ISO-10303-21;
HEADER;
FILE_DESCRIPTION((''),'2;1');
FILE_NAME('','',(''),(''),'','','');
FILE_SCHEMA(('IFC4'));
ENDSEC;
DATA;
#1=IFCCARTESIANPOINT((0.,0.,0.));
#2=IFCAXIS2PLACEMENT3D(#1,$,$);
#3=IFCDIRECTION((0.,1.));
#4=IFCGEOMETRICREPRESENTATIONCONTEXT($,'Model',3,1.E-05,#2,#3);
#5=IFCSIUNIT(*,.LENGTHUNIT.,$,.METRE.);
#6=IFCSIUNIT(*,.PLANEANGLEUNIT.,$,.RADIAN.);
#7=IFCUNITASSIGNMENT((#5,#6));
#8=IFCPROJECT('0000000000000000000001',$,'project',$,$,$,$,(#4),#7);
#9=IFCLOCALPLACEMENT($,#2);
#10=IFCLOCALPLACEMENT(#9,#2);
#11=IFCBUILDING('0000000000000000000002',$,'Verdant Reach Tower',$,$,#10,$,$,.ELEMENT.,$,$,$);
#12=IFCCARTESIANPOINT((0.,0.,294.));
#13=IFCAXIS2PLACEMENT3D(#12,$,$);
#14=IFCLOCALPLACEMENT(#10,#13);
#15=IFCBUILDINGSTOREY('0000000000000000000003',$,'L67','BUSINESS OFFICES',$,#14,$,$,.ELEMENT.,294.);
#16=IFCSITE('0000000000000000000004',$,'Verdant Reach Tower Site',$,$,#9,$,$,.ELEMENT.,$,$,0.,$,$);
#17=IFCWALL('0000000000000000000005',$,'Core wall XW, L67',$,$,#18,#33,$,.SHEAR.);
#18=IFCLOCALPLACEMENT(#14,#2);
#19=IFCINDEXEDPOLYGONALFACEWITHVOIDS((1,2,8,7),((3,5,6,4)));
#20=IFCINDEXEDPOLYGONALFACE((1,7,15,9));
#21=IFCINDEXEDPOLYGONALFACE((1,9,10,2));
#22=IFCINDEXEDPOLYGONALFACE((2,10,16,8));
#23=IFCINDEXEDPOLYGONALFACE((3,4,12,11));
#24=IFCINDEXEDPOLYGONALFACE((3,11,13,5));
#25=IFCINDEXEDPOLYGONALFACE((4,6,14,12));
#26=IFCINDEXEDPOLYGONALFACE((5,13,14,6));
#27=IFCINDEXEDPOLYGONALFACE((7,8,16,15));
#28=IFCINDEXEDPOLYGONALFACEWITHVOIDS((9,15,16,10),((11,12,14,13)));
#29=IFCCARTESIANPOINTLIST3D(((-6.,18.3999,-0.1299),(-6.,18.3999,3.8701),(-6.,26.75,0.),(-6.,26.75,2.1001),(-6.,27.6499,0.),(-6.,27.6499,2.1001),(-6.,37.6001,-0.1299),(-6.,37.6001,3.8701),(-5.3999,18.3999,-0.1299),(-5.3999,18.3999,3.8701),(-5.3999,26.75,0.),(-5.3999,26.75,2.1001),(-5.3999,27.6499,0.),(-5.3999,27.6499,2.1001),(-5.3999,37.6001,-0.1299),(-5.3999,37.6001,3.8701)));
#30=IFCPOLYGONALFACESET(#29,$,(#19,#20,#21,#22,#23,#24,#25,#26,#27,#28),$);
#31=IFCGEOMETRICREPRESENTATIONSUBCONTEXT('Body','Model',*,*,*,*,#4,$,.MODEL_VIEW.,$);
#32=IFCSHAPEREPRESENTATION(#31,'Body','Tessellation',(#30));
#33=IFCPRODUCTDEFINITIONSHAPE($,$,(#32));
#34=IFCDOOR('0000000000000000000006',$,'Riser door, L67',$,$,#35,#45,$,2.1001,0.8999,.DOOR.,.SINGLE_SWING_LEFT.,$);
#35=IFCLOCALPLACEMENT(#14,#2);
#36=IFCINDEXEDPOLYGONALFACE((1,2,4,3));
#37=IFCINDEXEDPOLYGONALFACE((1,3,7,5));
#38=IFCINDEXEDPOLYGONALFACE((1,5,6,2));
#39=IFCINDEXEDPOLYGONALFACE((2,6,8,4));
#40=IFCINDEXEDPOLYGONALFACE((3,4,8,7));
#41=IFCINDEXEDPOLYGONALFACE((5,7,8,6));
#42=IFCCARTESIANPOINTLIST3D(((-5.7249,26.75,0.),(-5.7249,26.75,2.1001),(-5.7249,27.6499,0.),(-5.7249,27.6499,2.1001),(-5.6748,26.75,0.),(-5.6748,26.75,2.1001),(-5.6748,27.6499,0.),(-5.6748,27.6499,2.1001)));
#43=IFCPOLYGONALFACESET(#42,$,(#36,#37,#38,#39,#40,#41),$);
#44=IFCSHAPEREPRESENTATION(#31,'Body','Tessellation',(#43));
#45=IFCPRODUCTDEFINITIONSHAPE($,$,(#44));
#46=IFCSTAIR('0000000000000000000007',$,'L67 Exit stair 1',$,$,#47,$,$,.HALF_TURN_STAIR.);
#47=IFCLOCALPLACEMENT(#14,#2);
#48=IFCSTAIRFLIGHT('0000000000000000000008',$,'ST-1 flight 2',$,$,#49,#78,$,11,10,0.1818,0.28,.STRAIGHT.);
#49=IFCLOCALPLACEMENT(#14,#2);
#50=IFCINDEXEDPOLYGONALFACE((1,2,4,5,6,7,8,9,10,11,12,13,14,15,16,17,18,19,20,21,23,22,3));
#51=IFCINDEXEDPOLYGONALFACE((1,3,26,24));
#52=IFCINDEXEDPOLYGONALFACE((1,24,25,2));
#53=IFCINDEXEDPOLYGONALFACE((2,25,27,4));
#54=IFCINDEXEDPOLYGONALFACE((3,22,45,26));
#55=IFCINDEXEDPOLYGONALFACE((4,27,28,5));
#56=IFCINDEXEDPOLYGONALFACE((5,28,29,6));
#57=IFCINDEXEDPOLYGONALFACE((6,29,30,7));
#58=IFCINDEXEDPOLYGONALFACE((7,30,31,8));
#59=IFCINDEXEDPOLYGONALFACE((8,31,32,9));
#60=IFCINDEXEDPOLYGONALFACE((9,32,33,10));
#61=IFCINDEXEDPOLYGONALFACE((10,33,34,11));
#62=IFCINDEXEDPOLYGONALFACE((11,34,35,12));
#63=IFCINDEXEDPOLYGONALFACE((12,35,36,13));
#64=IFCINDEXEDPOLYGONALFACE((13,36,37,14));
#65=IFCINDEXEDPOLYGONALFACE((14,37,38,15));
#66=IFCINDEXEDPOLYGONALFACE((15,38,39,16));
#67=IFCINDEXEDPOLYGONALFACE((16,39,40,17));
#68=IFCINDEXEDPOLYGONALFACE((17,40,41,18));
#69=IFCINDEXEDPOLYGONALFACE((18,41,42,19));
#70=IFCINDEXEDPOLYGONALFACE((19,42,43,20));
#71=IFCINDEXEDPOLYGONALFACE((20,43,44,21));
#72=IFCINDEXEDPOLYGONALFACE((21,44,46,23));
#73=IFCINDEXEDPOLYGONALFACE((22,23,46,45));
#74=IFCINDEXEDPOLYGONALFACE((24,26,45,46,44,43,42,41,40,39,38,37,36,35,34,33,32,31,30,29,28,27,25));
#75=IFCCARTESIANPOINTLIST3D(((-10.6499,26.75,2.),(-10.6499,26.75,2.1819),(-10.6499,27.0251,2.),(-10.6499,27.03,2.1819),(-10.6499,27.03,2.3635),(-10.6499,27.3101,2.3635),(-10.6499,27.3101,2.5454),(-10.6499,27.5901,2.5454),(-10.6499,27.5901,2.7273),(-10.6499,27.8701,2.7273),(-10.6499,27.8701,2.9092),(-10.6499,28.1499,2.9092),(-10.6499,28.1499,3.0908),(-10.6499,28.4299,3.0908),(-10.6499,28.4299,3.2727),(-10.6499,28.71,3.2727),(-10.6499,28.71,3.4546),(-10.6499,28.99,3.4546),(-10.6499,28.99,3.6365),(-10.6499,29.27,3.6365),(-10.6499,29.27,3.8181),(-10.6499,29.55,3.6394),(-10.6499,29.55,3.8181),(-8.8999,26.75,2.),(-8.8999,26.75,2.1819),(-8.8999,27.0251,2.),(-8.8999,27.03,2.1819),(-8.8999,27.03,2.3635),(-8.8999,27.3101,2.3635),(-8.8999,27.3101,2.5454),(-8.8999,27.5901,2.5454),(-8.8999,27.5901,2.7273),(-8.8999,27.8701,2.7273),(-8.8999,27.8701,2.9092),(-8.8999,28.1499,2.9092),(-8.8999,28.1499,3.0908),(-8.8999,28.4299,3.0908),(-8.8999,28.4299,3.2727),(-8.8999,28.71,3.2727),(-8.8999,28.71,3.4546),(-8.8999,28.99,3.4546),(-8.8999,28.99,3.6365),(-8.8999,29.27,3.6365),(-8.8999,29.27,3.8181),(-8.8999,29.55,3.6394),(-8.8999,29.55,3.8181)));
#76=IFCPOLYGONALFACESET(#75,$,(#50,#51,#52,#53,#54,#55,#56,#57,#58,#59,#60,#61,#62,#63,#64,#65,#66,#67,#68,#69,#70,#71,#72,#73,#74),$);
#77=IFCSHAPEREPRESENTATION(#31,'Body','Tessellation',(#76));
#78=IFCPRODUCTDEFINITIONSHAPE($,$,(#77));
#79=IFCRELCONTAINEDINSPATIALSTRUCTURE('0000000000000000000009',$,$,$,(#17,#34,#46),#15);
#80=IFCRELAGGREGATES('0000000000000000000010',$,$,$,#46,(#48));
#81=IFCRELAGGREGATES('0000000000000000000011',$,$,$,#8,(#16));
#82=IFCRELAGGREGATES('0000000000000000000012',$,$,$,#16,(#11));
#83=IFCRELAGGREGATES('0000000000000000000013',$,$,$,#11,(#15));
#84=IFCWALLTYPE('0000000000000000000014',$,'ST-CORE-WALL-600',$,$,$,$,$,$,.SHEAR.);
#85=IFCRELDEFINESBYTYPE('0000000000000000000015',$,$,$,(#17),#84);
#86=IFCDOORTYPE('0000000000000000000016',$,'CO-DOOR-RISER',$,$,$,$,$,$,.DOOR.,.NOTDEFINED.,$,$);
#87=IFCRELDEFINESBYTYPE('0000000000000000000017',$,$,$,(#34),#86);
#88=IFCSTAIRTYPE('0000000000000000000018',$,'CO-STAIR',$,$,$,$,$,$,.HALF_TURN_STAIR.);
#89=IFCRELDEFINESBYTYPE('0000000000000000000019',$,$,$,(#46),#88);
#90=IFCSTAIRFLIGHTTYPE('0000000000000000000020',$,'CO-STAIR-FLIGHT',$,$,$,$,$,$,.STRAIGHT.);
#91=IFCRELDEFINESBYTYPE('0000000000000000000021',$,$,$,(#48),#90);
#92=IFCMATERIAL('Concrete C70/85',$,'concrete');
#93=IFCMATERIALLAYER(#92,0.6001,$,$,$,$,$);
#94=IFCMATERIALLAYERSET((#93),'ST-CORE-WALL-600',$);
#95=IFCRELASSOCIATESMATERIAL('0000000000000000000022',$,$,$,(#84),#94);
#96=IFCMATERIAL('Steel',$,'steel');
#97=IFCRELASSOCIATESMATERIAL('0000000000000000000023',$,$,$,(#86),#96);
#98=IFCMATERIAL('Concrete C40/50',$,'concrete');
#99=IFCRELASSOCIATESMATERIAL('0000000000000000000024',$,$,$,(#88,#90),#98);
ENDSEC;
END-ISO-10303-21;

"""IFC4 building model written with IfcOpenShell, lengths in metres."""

from ifc_helpers import new_model, si_unit, direction, frame, frame_2d, origin, place, context, subcontext, project, spatial, polyline, rectangle, outline, extrude, material, layer, layer_set, type_object, element, fill, aggregate, save


model = new_model("IFC4")

# Units and contexts
model_context = context("Model", 3, precision=1e-05, world=origin(), true_north=direction((0.0, 1.0)))
body_context = subcontext(model_context, "Body", "Model", "MODEL_VIEW")
ifc_project = project(units=[si_unit("LENGTHUNIT", "METRE"), si_unit("PLANEANGLEUNIT", "RADIAN")], contexts=[model_context])

# Site, building, storey
site_placement = place(None, origin())
site = spatial("IfcSite", under=ifc_project, at=site_placement, Name="Verdant Reach Tower Site", CompositionType="ELEMENT", RefElevation=0.0)
building_placement = place(site_placement, origin())
building = spatial("IfcBuilding", under=site, at=building_placement, Name="Verdant Reach Tower", CompositionType="ELEMENT")
storey_placement = place(building_placement, frame((0.0, 0.0, 294.0)))
storey = spatial("IfcBuildingStorey", under=building, at=storey_placement, Name="L67", Description="BUSINESS OFFICES", CompositionType="ELEMENT", Elevation=294.0)

# Shared definitions
ifc_material_1 = material(Name="Concrete C40/50", Category="concrete")

# Wall, opening, door
ifc_material_2 = material(Name="Concrete C70/85", Category="concrete")
ifc_layer_1 = layer(ifc_material_2, 0.6001)
ifc_layer_set_1 = layer_set([ifc_layer_1], Name="ST-CORE-WALL-600")
wall_type_1 = type_object("IfcWallType", Name="ST-CORE-WALL-600", PredefinedType="SHEAR", material=ifc_layer_set_1)
wall_1_placement = place(storey_placement, frame((-5.7, 18.3999, -0.1299), z_axis=(0.0, 0.0, 1.0), x_axis=(0.0, 1.0, 0.0)))
wall_1 = element("IfcWall", 1, at=wall_1_placement, inside=storey, type_object=wall_type_1, Name="Core wall XW, L67", PredefinedType="SHEAR", context=body_context, shape_type="SweptSolid", body=[
    extrude(rectangle(XDim=19.2002, YDim=0.6001, at=frame_2d((9.6001, 0.0))), origin(), (0.0, 0.0, 1.0), 4.0),
])
opening_1_placement = place(wall_1_placement, frame((8.3501, 0.0, 0.1299)))
opening_1 = element("IfcOpeningElement", 2, at=opening_1_placement, cuts=wall_1, PredefinedType="OPENING", context=body_context, shape_type="SweptSolid", body=[
    extrude(rectangle(XDim=0.8999, YDim=2.1001, at=frame_2d((0.45, 1.05))), frame((0.0, 0.3101, 0.0), z_axis=(0.0, -1.0, 0.0), x_axis=(1.0, 0.0, 0.0)), (0.0, 0.0, 1.0), 0.6201),
])
ifc_material_3 = material(Name="Steel", Category="steel")
door_type_1 = type_object("IfcDoorType", Name="CO-DOOR-RISER", OperationType="NOTDEFINED", PredefinedType="DOOR", material=ifc_material_3)
door_1_placement = place(opening_1_placement, origin())
door_1 = element("IfcDoor", 3, at=door_1_placement, inside=storey, type_object=door_type_1, Name="Riser door, L67", OperationType="SINGLE_SWING_LEFT", OverallHeight=2.1001, OverallWidth=0.8999, PredefinedType="DOOR", context=body_context, shape_type="SweptSolid", body=[
    extrude(rectangle(XDim=0.8999, YDim=2.1001, at=frame_2d((0.45, 1.05))), frame((0.0, 0.0249, 0.0), z_axis=(0.0, -1.0, 0.0), x_axis=(1.0, 0.0, 0.0)), (0.0, 0.0, 1.0), 0.05),
])
fill(opening_1, door_1)

# Stair, stair flight
stair_type = type_object("IfcStairType", Name="CO-STAIR", PredefinedType="HALF_TURN_STAIR", material=ifc_material_1)
stair_placement = place(storey_placement, origin())
stair = element("IfcStair", 4, at=stair_placement, inside=storey, type_object=stair_type, Name="L67 Exit stair 1", PredefinedType="HALF_TURN_STAIR")
stair_flight_type = type_object("IfcStairFlightType", Name="CO-STAIR-FLIGHT", PredefinedType="STRAIGHT", material=ifc_material_1)
stair_flight_placement = place(storey_placement, frame((-9.7749, 26.75, 2.0), z_axis=(0.0, 0.0, 1.0), x_axis=(0.0, 1.0, 0.0)))
stair_flight = element("IfcStairFlight", 5, at=stair_flight_placement, type_object=stair_flight_type, Name="ST-1 flight 2", NumberOfRisers=11, NumberOfTreads=10, PredefinedType="STRAIGHT", RiserHeight=0.1818, TreadLength=0.28, context=body_context, shape_type="SweptSolid", body=[
    extrude(outline(polyline([(0.0, 0.0), (0.0, 0.1819), (0.28, 0.1819), (0.28, 0.3635), (0.5601, 0.3635), (0.5601, 0.5454), (0.8401, 0.5454), (0.8401, 0.7273), (1.1201, 0.7273), (1.1201, 0.9092), (1.3999, 0.9092), (1.3999, 1.0908), (1.6799, 1.0908), (1.6799, 1.2727), (1.96, 1.2727), (1.96, 1.4546), (2.24, 1.4546), (2.24, 1.6365), (2.52, 1.6365), (2.52, 1.8181), (2.8, 1.8181), (2.8, 2.0), (2.8, 1.6394), (0.2751, 0.0), (0.0, 0.0)])), frame((0.0, 0.875, 0.0), z_axis=(0.0, -1.0, 0.0), x_axis=(1.0, 0.0, 0.0)), (0.0, 0.0, 1.0), 1.75),
])
aggregate(stair, [stair_flight])

save(model, "model.ifc")
